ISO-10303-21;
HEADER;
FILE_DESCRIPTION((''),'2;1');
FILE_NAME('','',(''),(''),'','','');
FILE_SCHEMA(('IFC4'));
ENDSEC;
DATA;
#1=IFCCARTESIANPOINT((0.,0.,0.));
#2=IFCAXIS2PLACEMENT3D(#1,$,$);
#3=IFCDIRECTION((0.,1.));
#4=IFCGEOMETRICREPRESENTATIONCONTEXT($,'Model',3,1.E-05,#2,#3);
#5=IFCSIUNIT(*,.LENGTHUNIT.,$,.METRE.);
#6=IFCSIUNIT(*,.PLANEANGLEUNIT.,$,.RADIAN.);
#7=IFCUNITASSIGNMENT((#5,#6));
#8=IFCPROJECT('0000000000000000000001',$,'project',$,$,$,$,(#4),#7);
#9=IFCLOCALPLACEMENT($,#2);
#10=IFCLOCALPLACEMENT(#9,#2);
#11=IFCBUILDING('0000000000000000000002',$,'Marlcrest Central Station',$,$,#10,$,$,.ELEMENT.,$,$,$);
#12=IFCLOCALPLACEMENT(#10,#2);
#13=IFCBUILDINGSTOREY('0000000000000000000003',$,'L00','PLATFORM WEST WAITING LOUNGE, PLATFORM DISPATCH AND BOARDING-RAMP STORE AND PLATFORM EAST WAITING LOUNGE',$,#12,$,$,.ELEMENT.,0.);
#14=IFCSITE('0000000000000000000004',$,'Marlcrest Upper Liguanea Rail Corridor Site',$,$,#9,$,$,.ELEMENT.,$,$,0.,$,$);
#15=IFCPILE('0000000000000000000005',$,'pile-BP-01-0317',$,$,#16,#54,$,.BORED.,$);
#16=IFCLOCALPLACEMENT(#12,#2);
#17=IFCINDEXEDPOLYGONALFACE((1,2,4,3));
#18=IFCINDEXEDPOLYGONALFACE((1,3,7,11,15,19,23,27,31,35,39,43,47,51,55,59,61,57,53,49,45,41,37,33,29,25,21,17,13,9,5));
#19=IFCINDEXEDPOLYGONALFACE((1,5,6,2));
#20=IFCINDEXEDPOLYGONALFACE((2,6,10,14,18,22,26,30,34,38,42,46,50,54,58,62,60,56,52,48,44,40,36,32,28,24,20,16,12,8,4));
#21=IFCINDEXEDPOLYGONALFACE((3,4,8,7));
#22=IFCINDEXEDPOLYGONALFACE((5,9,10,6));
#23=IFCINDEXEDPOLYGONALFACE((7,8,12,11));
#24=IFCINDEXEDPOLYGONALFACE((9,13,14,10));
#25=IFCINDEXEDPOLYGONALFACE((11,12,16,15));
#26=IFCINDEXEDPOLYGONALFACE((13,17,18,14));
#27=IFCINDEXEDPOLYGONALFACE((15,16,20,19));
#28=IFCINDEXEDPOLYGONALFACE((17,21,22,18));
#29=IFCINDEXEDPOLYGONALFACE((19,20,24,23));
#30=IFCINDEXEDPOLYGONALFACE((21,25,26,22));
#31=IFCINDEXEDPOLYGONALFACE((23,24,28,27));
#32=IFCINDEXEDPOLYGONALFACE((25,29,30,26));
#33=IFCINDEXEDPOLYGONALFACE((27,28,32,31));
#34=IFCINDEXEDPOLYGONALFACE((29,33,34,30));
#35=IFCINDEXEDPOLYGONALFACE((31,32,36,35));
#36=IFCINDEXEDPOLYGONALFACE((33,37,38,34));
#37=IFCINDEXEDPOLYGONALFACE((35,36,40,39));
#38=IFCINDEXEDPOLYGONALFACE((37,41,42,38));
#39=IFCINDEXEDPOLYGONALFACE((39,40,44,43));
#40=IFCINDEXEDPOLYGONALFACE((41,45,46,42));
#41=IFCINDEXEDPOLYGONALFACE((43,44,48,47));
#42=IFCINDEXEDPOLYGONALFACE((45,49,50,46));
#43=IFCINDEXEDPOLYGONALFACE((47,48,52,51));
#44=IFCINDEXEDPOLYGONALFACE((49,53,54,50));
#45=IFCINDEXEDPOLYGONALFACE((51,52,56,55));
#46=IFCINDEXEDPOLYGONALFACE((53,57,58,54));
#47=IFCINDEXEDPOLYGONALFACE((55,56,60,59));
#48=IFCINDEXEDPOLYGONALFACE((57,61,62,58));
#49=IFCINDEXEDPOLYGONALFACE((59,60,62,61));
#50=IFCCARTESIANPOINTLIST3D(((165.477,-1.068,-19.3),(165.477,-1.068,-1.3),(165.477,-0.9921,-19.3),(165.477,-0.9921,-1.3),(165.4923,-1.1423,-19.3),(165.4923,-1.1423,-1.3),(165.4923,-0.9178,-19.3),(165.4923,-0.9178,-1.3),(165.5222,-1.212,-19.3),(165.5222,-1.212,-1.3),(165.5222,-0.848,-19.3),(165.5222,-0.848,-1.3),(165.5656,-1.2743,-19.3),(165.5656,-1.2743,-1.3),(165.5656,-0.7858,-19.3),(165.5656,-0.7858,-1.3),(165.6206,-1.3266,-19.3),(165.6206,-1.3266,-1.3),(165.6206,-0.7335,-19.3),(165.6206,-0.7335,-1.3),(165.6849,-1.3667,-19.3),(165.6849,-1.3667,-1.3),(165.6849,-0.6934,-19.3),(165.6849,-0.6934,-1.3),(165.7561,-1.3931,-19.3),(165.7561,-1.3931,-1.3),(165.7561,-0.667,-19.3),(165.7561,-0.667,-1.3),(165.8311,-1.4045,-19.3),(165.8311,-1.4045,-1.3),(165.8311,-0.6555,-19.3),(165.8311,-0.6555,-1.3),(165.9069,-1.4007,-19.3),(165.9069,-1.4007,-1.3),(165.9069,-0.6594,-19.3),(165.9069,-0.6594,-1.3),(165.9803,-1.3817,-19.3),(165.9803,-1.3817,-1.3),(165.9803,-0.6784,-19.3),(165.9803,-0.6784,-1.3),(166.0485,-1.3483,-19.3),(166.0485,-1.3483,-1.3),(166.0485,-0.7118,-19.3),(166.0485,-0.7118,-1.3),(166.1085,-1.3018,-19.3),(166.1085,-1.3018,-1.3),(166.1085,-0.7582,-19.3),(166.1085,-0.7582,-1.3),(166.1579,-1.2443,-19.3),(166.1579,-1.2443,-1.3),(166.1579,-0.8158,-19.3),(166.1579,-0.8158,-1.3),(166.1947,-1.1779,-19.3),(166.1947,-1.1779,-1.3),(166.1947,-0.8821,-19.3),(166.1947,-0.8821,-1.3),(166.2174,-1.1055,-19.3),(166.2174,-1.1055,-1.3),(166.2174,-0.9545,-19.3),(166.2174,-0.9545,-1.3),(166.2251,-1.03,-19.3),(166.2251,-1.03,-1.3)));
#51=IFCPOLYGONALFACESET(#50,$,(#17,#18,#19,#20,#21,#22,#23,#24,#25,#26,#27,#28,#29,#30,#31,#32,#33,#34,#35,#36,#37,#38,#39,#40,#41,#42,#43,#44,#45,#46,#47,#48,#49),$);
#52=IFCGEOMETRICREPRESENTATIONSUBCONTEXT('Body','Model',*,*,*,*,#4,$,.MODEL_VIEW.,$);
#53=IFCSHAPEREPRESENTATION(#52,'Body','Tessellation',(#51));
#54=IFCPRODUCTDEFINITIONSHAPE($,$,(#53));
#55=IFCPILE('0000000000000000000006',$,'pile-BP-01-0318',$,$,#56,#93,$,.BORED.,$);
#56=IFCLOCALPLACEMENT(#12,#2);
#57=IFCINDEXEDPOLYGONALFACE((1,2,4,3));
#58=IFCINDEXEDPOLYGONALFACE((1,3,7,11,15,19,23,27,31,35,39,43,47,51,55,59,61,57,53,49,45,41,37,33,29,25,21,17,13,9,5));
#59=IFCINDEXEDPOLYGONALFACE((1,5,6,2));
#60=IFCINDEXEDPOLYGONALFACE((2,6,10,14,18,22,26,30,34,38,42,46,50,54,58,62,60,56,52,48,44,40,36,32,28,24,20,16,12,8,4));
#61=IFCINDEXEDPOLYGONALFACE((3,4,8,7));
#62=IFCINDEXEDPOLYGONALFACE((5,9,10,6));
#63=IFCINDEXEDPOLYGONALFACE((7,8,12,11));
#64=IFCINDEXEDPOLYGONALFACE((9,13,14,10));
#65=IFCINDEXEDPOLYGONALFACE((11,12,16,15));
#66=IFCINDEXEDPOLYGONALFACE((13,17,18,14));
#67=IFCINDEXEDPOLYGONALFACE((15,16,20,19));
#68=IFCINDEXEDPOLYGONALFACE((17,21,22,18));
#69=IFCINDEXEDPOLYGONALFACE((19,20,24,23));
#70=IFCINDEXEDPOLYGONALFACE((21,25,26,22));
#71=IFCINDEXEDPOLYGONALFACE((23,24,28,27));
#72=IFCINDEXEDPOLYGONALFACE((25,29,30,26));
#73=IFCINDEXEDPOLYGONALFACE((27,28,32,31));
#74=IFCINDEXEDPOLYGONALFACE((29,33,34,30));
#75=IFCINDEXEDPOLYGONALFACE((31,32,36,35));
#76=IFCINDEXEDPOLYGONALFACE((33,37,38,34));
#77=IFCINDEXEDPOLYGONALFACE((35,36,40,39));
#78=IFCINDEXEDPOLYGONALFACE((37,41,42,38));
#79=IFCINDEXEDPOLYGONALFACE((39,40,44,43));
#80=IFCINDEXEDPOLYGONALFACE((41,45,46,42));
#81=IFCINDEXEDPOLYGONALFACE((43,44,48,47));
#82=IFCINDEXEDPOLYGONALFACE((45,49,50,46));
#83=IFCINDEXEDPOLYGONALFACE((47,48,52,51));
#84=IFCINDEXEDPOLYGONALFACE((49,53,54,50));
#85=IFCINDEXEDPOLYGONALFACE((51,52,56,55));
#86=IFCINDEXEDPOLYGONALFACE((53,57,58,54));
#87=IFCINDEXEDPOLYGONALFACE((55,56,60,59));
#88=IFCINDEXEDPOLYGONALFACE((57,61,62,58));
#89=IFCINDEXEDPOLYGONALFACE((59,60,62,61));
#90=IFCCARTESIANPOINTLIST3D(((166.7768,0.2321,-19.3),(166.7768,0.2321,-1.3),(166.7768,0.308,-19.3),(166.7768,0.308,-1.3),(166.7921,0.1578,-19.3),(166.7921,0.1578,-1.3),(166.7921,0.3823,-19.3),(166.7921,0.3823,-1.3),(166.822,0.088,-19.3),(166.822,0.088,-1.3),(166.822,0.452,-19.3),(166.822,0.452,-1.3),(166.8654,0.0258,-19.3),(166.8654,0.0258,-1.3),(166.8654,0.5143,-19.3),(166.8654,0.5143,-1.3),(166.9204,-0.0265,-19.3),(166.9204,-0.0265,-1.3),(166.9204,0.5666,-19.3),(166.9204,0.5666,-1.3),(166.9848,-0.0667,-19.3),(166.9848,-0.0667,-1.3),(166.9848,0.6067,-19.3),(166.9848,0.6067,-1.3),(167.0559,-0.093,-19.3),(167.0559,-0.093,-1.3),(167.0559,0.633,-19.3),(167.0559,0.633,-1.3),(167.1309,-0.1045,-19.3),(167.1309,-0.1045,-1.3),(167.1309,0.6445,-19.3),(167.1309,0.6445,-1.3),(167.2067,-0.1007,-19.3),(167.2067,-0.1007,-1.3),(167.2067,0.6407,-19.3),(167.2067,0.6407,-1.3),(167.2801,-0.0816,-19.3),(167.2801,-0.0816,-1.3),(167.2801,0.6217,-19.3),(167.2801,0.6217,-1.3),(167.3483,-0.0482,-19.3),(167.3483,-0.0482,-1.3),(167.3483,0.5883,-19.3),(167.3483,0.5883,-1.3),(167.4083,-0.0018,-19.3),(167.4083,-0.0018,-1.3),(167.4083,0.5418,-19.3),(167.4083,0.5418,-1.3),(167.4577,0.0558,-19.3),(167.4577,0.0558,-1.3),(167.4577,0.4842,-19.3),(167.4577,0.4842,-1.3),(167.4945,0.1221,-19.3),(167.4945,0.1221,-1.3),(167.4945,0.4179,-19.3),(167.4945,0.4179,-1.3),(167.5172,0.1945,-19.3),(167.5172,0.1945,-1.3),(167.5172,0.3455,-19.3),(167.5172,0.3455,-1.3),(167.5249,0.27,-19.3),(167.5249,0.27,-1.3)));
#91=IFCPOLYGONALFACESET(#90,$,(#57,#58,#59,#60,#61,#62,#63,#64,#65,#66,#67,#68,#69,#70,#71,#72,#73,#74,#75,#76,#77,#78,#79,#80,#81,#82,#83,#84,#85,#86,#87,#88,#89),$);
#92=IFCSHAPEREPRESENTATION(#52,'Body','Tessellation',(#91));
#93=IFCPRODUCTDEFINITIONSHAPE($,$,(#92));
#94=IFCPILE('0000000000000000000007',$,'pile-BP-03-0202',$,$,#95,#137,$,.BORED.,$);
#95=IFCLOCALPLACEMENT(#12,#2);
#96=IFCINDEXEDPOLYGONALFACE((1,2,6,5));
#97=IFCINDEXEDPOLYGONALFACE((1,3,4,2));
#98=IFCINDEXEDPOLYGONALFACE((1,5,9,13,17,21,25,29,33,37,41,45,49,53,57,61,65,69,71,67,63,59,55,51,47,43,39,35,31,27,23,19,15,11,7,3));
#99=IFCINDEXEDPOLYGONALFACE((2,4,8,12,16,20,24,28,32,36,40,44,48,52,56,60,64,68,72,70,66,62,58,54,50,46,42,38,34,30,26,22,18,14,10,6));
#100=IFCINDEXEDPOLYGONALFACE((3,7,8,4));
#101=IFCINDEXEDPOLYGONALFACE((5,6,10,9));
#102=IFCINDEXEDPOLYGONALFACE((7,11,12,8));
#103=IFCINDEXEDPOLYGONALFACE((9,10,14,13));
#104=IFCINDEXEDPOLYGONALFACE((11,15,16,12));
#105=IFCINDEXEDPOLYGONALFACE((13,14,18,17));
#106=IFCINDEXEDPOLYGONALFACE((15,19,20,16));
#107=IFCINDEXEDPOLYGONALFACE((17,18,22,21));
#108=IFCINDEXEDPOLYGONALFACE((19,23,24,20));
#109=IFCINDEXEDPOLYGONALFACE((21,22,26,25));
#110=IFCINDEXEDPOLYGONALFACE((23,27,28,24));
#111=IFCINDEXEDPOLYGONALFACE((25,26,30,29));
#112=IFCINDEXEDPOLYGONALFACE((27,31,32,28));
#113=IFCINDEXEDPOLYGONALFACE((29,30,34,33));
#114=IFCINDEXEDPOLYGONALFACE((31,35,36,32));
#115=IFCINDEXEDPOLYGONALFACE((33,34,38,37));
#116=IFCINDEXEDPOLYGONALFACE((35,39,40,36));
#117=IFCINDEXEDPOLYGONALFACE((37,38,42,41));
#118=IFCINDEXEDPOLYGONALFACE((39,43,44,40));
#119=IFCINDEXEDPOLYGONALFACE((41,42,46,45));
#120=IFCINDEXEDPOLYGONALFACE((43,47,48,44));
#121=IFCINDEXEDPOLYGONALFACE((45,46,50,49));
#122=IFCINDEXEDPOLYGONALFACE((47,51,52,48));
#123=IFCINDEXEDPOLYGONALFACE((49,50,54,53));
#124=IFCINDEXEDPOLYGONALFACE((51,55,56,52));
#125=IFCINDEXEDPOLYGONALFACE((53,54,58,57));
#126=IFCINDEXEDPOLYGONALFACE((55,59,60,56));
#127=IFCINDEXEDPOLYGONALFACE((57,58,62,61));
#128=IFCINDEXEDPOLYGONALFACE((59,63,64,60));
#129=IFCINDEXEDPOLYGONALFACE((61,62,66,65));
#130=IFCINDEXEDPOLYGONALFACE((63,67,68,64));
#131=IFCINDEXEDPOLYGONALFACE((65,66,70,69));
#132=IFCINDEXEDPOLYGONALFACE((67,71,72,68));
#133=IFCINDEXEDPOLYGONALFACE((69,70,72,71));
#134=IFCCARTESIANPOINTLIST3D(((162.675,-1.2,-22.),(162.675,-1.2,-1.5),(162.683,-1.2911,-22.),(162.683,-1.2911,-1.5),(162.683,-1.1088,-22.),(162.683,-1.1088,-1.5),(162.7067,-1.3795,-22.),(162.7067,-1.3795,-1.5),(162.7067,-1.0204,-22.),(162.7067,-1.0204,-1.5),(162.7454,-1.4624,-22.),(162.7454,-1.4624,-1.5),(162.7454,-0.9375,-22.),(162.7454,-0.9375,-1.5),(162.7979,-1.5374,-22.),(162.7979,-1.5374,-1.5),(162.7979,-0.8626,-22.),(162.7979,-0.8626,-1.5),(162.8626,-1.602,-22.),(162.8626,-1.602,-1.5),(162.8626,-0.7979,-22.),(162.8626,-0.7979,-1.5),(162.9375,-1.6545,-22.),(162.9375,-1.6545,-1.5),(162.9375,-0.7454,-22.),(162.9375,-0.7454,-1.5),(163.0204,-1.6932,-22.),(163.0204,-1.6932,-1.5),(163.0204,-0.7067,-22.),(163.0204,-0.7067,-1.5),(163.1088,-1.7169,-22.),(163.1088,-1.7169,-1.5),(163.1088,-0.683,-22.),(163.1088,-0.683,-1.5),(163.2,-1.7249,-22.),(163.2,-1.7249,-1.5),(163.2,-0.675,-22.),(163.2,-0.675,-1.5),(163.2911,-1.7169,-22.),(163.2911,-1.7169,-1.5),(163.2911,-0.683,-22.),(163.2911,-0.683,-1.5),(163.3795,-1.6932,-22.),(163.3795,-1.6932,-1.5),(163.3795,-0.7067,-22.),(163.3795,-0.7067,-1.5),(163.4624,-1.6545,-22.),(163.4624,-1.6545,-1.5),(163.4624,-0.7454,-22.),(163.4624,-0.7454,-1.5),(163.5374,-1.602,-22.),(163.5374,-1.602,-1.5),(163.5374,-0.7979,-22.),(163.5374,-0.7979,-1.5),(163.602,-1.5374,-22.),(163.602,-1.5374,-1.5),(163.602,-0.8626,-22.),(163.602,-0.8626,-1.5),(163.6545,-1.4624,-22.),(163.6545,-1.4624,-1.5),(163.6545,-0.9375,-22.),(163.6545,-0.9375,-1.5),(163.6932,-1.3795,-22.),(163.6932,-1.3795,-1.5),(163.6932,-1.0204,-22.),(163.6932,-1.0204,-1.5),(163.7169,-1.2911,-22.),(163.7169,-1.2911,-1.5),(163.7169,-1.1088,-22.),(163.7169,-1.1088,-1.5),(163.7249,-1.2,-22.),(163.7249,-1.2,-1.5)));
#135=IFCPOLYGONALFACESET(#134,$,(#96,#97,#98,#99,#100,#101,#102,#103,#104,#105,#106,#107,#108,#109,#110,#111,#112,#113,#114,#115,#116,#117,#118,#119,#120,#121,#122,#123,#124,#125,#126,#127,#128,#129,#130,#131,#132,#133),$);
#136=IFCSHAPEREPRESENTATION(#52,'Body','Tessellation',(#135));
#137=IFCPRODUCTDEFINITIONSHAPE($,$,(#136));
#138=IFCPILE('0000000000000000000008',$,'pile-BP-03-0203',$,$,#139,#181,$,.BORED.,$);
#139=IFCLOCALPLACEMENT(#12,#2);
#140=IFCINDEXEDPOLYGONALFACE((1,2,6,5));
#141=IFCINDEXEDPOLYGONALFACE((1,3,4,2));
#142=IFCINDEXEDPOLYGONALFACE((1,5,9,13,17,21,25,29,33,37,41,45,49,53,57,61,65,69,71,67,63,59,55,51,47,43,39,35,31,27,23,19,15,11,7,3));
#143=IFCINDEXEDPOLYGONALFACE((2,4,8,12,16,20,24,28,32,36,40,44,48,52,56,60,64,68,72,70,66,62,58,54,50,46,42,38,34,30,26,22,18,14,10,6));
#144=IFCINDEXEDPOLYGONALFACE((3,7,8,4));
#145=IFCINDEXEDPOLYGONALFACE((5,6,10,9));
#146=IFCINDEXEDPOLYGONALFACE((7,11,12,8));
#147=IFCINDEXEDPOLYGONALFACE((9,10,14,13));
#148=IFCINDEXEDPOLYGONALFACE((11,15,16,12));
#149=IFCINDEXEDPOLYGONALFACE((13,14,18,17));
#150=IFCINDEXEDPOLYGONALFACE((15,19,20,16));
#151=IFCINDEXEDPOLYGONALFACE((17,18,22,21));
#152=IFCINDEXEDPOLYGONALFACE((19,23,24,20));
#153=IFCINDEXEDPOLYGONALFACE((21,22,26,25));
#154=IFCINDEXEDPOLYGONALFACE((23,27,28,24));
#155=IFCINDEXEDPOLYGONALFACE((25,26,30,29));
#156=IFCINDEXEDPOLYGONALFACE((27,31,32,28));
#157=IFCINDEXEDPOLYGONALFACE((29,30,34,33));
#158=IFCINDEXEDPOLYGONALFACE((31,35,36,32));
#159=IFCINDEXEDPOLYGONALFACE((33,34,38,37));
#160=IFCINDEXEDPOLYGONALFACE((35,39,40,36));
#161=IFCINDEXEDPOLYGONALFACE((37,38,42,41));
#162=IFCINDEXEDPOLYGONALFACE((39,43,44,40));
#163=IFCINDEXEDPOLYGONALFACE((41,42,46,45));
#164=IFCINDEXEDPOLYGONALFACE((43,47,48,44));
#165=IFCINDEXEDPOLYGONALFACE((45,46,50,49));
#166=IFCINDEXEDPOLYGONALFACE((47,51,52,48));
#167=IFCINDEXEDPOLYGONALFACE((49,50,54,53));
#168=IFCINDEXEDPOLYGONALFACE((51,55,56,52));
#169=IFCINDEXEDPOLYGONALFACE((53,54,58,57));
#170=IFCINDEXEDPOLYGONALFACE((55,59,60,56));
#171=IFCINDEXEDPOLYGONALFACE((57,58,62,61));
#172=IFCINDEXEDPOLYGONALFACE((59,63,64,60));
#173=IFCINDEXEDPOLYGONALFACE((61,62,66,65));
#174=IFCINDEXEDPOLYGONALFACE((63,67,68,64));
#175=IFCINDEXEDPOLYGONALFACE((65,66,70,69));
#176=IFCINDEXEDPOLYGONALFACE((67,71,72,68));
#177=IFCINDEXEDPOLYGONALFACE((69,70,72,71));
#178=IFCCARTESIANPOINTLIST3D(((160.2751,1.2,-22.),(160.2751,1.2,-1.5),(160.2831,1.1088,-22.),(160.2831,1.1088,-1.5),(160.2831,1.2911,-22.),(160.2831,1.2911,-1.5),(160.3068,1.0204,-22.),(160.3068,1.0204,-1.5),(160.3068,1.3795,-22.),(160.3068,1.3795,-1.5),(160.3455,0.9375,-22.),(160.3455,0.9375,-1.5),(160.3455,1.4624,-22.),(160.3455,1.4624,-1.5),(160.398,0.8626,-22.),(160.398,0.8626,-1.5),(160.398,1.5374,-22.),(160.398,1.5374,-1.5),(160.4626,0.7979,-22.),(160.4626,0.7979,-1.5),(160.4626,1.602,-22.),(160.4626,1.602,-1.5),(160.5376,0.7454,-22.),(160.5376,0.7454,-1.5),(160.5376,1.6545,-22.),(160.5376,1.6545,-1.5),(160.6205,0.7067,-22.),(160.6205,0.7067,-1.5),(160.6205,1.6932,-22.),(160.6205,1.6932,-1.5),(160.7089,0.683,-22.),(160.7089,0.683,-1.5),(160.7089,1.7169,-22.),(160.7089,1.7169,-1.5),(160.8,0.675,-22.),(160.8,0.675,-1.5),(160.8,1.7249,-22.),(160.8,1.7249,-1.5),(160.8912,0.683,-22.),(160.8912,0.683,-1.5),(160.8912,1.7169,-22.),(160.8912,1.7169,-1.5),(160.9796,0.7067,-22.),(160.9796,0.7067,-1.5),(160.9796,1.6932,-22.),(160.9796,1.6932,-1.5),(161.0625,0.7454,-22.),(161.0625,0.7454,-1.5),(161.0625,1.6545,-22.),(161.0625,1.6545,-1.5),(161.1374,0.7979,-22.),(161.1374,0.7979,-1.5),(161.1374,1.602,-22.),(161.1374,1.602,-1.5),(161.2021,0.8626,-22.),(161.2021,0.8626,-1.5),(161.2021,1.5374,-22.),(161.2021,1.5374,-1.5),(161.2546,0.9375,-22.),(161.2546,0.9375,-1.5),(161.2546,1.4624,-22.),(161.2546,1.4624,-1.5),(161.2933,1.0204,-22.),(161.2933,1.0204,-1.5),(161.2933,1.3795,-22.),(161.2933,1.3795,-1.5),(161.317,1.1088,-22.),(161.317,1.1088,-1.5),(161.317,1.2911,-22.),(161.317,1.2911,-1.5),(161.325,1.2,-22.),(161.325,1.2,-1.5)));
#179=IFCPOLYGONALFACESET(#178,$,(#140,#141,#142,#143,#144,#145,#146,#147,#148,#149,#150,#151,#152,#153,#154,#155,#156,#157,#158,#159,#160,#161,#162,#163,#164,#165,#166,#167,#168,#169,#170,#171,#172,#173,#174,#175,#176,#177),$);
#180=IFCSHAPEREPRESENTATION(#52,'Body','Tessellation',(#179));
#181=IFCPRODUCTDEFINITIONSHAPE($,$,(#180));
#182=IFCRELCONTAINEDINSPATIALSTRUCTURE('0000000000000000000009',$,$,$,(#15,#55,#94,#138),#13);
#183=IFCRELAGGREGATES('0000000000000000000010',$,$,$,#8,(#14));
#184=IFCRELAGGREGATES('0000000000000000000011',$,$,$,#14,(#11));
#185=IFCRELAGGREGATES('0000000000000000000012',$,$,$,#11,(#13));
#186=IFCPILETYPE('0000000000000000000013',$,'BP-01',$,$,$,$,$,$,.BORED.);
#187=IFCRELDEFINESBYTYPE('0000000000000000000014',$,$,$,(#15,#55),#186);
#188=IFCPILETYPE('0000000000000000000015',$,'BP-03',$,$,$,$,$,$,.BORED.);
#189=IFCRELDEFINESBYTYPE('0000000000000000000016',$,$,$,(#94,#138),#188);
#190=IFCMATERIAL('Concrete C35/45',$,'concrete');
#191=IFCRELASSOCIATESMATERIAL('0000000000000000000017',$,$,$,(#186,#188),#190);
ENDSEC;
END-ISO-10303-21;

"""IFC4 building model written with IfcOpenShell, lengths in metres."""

from ifc_helpers import new_model, si_unit, direction, frame, origin, origin_2d, place, context, subcontext, project, spatial, circle, extrude, material, material_profile, profile_set, type_object, element, save


model = new_model("IFC4")

# Units and contexts
model_context = context("Model", 3, precision=1e-05, world=origin(), true_north=direction((0.0, 1.0)))
body_context = subcontext(model_context, "Body", "Model", "MODEL_VIEW")
ifc_project = project(units=[si_unit("LENGTHUNIT", "METRE"), si_unit("PLANEANGLEUNIT", "RADIAN")], contexts=[model_context])

# Site, building, storey
site_placement = place(None, origin())
site = spatial("IfcSite", under=ifc_project, at=site_placement, Name="Marlcrest Upper Liguanea Rail Corridor Site", CompositionType="ELEMENT", RefElevation=0.0)
building_placement = place(site_placement, origin())
building = spatial("IfcBuilding", under=site, at=building_placement, Name="Marlcrest Central Station", CompositionType="ELEMENT")
storey_placement = place(building_placement, origin())
storey = spatial("IfcBuildingStorey", under=building, at=storey_placement, Name="L00", Description="PLATFORM WEST WAITING LOUNGE, PLATFORM DISPATCH AND BOARDING-RAMP STORE AND PLATFORM EAST WAITING LOUNGE", CompositionType="ELEMENT", Elevation=0.0)

# Piles
ifc_material_1 = material(Name="Concrete C35/45", Category="concrete")
ifc_material_profile_1 = material_profile(ifc_material_1, circle(Radius=0.375, at=origin_2d()), Name="PILE D750")
ifc_profile_set_1 = profile_set([ifc_material_profile_1], Name="Concrete C35/45")
pile_type_1 = type_object("IfcPileType", Name="BP-01", PredefinedType="BORED", material=ifc_profile_set_1)
for number, where, z_axis, x_axis, name in (
    (1, (165.8501, -1.03, -1.3), (0.0, 0.0, -1.0), (1.0, 0.0, 0.0), "pile-BP-01-0317"),
    (2, (167.1499, 0.27, -1.3), (0.0, 0.0, -1.0), (1.0, 0.0, 0.0), "pile-BP-01-0318"),
):
    element("IfcPile", number, at=place(storey_placement, frame(where, z_axis=z_axis, x_axis=x_axis)), inside=storey, type_object=pile_type_1, Name=name, PredefinedType="BORED", context=body_context, shape_type="SweptSolid", body=[
        extrude(circle(Radius=0.375, at=origin_2d()), origin(), (0.0, 0.0, 1.0), 18.0),
    ])
ifc_material_profile_2 = material_profile(ifc_material_1, circle(Radius=0.5249, at=origin_2d()), Name="PILE D1050")
ifc_profile_set_2 = profile_set([ifc_material_profile_2], Name="Concrete C35/45")
pile_type_2 = type_object("IfcPileType", Name="BP-03", PredefinedType="BORED", material=ifc_profile_set_2)
for number, where, z_axis, x_axis, name in (
    (3, (163.2, -1.2, -1.5), (0.0, 0.0, -1.0), (1.0, 0.0, 0.0), "pile-BP-03-0202"),
    (4, (160.8, 1.2, -1.5), (0.0, 0.0, -1.0), (1.0, 0.0, 0.0), "pile-BP-03-0203"),
):
    element("IfcPile", number, at=place(storey_placement, frame(where, z_axis=z_axis, x_axis=x_axis)), inside=storey, type_object=pile_type_2, Name=name, PredefinedType="BORED", context=body_context, shape_type="SweptSolid", body=[
        extrude(circle(Radius=0.5249, at=origin_2d()), origin(), (0.0, 0.0, 1.0), 20.5),
    ])

save(model, "model.ifc")
